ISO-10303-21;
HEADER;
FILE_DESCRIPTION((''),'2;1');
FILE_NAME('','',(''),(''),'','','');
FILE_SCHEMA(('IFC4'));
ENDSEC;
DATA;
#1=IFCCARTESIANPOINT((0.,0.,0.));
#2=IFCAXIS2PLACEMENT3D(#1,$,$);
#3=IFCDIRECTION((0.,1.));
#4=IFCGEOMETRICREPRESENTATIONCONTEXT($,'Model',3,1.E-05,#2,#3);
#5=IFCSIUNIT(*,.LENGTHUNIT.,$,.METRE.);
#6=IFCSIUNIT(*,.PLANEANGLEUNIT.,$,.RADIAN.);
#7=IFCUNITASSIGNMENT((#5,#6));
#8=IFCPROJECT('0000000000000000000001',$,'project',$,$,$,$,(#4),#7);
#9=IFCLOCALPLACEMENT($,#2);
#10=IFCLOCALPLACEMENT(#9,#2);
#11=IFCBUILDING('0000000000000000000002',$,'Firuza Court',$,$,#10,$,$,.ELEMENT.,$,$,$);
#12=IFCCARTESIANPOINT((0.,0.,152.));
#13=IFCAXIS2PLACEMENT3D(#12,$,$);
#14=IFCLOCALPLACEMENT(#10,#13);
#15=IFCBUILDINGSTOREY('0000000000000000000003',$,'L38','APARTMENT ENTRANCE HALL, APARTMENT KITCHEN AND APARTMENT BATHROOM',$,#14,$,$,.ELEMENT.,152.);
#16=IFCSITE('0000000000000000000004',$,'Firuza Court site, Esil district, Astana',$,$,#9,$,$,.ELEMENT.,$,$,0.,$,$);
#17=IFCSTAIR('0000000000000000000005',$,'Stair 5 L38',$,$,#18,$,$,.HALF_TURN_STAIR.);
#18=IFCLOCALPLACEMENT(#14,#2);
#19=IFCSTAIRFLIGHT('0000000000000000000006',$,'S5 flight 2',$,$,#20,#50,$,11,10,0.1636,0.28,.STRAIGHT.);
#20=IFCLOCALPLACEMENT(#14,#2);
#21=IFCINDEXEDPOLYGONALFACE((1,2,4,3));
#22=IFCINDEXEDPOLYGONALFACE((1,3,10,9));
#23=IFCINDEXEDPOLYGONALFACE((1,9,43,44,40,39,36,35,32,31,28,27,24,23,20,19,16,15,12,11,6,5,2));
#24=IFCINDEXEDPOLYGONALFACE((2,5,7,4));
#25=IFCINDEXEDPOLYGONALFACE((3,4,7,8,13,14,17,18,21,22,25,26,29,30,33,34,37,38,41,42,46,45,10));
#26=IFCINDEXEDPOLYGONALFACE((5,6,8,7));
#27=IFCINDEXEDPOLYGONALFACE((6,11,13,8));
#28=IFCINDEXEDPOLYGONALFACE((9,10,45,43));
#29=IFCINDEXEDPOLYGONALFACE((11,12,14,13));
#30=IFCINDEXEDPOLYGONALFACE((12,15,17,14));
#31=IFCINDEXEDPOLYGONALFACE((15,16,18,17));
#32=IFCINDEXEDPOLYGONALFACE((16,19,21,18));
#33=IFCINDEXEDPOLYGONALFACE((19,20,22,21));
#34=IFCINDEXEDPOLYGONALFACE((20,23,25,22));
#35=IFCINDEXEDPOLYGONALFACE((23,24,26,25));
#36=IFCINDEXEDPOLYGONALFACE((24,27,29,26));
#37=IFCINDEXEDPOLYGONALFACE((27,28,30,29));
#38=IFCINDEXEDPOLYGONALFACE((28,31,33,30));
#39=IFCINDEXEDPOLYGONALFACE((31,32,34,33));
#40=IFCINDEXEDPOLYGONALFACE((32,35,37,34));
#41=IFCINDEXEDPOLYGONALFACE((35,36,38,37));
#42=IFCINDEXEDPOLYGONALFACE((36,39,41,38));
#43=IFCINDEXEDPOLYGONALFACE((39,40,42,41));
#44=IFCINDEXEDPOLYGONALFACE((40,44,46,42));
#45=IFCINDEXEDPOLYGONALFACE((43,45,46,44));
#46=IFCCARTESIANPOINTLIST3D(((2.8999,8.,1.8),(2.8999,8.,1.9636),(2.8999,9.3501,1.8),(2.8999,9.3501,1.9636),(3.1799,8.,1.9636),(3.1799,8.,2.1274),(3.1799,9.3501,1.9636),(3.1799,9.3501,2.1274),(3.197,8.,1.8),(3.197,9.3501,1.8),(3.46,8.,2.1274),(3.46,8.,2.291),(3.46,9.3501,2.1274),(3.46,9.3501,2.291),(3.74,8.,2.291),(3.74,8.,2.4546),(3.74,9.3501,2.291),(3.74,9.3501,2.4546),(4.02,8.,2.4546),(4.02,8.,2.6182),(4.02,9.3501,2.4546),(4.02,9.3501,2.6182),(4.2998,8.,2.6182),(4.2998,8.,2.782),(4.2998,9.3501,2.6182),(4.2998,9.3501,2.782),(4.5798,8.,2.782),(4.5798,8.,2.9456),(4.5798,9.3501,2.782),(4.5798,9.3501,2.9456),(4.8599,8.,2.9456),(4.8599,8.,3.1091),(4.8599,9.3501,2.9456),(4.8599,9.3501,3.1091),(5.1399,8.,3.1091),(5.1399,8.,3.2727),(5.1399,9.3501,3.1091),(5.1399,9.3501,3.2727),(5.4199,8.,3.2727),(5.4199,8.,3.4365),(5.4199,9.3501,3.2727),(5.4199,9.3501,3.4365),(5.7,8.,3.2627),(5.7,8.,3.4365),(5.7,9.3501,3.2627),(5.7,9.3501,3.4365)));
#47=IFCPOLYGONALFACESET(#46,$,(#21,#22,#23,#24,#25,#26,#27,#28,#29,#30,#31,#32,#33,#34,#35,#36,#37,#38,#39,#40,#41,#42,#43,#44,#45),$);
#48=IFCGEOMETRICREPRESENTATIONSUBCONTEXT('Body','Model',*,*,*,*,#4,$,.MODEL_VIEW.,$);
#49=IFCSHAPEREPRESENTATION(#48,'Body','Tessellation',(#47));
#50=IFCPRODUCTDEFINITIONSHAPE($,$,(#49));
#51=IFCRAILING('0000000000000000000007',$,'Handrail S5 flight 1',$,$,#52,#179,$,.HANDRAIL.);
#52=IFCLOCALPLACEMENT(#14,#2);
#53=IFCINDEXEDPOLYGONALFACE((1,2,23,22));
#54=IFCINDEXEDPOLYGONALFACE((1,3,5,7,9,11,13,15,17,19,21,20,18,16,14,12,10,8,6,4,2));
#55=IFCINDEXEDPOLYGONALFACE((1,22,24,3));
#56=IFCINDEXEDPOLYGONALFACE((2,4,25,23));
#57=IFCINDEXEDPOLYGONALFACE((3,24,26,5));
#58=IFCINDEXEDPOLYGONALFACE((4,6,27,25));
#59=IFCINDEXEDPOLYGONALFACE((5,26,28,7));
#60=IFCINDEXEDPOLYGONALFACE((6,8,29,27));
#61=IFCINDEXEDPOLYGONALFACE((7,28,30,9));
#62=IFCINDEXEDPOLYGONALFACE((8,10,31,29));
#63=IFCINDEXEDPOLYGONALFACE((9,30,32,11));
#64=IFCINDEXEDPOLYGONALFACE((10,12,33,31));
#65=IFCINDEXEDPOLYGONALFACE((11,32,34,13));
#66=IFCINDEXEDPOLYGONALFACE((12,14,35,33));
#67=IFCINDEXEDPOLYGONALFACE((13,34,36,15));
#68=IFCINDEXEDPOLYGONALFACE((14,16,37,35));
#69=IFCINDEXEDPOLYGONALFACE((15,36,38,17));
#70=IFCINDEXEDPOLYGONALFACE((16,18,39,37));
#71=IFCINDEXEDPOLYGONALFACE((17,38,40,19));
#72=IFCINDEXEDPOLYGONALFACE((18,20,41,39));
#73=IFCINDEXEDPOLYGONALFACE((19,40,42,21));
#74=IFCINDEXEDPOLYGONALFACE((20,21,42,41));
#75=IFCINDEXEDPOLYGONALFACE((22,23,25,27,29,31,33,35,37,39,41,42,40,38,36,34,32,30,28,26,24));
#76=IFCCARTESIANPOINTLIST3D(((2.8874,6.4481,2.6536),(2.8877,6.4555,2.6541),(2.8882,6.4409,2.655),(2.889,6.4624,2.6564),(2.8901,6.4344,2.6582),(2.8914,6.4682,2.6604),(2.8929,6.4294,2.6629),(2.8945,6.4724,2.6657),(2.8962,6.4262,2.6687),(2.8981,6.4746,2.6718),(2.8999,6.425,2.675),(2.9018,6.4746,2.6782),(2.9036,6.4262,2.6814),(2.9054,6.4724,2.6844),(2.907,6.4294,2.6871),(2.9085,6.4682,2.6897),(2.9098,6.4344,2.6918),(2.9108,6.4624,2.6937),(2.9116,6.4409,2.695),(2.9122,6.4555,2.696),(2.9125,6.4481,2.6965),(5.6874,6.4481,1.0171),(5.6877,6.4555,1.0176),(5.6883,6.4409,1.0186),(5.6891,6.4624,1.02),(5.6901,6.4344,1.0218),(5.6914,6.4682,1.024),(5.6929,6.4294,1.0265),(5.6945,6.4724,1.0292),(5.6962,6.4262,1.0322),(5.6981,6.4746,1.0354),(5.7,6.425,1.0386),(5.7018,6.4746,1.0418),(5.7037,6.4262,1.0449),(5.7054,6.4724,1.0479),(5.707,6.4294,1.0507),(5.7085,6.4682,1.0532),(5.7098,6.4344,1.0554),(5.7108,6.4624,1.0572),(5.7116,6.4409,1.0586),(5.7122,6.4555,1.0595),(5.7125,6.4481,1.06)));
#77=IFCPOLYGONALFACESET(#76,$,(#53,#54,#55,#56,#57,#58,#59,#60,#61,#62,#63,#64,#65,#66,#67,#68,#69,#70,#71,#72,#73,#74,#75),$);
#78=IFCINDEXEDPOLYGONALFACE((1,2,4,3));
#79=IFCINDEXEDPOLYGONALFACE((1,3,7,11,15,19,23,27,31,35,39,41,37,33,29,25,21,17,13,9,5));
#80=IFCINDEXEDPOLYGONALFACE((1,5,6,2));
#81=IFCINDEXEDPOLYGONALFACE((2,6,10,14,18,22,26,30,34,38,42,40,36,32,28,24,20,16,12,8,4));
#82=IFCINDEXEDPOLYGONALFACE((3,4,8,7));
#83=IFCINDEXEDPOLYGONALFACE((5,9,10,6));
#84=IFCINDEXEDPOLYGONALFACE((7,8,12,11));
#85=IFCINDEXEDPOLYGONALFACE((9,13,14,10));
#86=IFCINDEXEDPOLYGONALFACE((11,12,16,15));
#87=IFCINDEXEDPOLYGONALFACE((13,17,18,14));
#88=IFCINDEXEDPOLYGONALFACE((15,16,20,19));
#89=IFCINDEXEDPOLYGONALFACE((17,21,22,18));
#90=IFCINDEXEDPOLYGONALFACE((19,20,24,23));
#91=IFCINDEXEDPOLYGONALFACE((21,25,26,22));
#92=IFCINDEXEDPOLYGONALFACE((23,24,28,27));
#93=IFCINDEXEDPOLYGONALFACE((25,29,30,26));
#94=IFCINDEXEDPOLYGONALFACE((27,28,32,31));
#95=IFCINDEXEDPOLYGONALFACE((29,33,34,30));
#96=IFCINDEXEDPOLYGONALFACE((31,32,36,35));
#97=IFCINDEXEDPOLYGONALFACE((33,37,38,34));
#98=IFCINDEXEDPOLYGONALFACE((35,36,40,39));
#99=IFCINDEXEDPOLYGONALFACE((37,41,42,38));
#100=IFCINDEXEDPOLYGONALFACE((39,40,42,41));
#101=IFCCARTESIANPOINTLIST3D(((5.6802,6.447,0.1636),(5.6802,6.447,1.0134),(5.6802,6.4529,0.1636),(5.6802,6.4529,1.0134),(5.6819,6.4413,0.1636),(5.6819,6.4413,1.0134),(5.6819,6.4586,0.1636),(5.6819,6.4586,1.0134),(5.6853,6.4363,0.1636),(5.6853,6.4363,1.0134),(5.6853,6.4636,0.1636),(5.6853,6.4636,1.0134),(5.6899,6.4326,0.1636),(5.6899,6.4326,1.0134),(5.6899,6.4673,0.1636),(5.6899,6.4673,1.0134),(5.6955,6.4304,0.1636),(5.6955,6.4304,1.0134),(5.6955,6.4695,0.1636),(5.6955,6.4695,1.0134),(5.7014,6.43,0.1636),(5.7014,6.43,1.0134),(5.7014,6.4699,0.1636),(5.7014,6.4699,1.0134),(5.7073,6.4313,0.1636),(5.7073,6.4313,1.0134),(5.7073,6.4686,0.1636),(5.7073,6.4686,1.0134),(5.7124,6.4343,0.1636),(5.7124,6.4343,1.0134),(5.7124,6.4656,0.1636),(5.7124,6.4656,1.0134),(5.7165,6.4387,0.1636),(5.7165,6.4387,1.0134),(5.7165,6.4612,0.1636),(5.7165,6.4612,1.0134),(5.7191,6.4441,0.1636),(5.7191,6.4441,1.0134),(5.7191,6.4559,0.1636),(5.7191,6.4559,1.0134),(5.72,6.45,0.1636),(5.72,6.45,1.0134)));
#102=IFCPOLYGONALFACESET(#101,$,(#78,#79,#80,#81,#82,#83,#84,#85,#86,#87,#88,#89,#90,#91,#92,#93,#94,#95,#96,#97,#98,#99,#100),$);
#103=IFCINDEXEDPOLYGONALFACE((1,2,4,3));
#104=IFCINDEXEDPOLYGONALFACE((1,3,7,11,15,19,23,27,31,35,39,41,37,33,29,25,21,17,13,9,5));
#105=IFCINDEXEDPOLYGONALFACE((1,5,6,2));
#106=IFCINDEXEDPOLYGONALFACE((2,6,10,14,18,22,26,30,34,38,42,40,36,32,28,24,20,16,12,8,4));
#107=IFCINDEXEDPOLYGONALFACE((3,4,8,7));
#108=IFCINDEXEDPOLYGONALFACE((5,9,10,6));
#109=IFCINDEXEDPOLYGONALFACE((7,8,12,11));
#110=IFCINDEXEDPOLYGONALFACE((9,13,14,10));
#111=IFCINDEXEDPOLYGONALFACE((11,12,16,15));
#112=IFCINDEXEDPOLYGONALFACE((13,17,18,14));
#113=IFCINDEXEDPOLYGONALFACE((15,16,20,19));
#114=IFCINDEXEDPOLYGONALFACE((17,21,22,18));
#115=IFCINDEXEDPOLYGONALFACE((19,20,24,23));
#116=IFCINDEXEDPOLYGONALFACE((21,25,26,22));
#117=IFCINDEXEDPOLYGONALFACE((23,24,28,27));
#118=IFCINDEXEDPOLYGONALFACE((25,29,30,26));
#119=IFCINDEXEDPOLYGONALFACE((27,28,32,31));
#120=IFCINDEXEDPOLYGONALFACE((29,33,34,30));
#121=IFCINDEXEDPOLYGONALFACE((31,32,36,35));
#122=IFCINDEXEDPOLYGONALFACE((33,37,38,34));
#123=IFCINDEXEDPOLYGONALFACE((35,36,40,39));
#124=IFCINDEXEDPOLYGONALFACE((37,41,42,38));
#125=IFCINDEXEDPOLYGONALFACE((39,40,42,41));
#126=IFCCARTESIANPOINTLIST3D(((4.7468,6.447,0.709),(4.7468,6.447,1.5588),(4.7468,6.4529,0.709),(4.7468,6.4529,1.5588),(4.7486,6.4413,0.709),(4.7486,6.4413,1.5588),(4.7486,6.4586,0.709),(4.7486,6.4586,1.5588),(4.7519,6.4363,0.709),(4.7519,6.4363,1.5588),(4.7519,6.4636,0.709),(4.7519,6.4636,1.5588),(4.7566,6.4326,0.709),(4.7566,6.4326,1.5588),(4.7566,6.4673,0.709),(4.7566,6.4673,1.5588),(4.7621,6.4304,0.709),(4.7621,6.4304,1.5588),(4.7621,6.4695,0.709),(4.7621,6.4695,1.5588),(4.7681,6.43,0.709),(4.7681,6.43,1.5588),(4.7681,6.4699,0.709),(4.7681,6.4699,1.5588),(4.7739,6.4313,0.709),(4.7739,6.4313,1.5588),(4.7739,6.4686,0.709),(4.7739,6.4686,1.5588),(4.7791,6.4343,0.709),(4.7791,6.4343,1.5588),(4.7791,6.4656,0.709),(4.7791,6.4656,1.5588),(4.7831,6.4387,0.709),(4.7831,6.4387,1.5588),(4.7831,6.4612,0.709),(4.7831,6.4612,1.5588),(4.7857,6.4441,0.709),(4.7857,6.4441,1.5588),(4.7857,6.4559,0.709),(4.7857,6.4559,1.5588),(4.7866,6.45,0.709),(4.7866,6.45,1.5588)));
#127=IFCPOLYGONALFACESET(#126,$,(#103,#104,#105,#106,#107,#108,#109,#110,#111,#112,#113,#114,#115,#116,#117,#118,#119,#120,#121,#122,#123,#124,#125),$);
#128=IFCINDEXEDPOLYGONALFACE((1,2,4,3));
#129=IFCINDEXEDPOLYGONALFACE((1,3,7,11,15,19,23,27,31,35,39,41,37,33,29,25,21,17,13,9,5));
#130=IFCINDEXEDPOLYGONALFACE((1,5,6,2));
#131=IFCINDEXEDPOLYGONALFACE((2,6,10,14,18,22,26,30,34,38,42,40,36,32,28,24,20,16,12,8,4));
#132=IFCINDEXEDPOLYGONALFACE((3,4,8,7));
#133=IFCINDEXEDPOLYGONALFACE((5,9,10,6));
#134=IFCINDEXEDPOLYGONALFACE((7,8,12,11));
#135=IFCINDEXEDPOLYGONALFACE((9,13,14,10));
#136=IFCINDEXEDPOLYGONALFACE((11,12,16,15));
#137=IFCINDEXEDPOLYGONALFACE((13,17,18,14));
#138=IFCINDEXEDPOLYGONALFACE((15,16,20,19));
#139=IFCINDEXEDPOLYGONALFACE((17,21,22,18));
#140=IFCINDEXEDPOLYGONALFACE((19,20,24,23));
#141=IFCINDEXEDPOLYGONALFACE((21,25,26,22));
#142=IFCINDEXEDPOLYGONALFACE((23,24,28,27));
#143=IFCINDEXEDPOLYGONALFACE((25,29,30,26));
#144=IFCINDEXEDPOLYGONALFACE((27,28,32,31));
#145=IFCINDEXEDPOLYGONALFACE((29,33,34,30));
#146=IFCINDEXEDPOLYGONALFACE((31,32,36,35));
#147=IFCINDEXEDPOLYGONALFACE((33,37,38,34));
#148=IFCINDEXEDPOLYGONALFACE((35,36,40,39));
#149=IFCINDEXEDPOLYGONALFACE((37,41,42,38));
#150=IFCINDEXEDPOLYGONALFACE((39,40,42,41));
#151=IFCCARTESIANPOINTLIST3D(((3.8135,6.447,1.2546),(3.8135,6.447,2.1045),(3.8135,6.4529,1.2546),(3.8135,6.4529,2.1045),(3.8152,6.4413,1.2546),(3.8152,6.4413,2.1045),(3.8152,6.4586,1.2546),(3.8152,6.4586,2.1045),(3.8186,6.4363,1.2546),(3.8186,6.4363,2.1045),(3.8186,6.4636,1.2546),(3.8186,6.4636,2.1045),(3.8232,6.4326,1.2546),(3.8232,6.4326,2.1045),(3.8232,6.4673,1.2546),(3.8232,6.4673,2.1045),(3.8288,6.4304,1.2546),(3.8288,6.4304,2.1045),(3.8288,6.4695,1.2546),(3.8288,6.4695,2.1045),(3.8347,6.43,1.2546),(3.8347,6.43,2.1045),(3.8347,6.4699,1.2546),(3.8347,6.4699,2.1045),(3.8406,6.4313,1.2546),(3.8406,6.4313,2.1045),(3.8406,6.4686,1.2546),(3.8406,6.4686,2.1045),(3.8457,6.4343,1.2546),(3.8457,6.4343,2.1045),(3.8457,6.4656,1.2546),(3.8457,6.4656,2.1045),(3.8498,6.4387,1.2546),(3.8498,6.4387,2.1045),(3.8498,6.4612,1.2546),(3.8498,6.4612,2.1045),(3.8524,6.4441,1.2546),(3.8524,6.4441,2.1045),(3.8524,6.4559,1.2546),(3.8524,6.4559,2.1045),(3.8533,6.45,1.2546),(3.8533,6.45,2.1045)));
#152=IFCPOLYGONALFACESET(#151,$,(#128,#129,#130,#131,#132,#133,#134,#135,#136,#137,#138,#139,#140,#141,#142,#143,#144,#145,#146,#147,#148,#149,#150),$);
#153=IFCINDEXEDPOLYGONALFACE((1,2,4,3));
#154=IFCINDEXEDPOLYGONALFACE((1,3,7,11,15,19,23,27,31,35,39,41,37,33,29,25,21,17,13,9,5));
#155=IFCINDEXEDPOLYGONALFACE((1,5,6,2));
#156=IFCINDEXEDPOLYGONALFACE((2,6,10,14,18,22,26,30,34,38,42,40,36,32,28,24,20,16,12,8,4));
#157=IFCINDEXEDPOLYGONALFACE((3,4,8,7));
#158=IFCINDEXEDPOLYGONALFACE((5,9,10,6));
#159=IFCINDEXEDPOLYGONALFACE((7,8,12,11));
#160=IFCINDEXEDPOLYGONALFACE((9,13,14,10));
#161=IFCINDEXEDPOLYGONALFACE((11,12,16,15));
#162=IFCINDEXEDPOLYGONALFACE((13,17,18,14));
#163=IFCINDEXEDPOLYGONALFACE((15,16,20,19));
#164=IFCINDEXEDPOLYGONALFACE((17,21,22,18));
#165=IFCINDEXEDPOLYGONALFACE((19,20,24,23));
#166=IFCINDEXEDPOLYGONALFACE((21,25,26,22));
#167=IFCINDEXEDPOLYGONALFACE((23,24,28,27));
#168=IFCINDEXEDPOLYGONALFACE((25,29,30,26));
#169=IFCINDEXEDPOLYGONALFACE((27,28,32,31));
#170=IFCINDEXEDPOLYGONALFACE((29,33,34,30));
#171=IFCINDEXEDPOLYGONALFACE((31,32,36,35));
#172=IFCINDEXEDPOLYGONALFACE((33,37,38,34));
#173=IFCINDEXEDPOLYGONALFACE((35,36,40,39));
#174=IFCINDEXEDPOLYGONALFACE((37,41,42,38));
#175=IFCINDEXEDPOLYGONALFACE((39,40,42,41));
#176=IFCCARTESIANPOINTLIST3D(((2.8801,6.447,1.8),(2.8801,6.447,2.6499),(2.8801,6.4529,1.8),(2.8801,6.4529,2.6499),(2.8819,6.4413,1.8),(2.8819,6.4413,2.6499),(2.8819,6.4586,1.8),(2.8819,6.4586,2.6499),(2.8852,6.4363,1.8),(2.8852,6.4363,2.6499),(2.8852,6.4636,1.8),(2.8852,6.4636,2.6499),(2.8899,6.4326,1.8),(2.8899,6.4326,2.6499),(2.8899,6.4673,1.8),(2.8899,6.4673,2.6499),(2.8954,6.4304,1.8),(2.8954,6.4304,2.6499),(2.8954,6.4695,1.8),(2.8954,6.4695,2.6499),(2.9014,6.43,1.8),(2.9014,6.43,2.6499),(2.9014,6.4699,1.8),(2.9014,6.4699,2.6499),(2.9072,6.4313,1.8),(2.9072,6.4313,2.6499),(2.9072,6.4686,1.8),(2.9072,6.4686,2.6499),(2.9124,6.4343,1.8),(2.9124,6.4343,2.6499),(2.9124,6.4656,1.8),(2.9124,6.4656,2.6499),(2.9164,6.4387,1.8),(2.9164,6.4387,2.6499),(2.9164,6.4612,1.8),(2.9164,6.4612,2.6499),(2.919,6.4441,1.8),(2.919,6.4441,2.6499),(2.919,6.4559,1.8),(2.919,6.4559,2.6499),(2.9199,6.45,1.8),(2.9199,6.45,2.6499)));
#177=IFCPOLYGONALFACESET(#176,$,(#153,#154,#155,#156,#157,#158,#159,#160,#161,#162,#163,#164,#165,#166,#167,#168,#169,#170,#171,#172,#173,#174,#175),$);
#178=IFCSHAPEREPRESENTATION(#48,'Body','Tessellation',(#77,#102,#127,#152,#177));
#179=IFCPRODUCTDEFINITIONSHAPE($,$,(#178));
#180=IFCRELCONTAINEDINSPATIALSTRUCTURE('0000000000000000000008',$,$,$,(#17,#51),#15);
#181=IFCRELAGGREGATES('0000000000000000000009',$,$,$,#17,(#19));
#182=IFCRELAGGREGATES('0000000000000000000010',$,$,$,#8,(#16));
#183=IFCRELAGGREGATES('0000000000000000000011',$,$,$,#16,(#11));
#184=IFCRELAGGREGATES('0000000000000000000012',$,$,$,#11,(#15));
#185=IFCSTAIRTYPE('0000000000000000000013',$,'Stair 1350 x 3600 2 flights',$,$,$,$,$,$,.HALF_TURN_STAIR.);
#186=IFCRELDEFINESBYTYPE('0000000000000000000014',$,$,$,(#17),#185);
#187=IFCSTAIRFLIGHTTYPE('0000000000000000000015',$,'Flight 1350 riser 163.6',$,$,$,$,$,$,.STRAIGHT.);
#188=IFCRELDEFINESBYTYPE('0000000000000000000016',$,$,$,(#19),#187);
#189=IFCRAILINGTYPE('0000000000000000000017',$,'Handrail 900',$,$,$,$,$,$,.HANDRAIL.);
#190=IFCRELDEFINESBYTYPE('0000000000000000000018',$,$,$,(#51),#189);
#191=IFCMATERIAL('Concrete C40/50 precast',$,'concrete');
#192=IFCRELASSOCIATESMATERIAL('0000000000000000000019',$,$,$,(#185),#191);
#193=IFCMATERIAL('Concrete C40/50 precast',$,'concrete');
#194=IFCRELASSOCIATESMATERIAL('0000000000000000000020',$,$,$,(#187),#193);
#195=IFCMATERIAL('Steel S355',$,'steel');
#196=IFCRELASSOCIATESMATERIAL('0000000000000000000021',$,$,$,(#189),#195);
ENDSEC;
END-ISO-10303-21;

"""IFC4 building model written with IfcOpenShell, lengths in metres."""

from ifc_helpers import new_model, si_unit, direction, frame, origin, origin_2d, place, context, subcontext, project, spatial, polyline, circle, outline, extrude, material, type_object, element, aggregate, save


model = new_model("IFC4")

# Units and contexts
model_context = context("Model", 3, precision=1e-05, world=origin(), true_north=direction((0.0, 1.0)))
body_context = subcontext(model_context, "Body", "Model", "MODEL_VIEW")
ifc_project = project(units=[si_unit("LENGTHUNIT", "METRE"), si_unit("PLANEANGLEUNIT", "RADIAN")], contexts=[model_context])

# Site, building, storey
site_placement = place(None, origin())
site = spatial("IfcSite", under=ifc_project, at=site_placement, Name="Firuza Court site, Esil district, Astana", CompositionType="ELEMENT", RefElevation=0.0)
building_placement = place(site_placement, origin())
building = spatial("IfcBuilding", under=site, at=building_placement, Name="Firuza Court", CompositionType="ELEMENT")
storey_placement = place(building_placement, frame((0.0, 0.0, 152.0)))
storey = spatial("IfcBuildingStorey", under=building, at=storey_placement, Name="L38", Description="APARTMENT ENTRANCE HALL, APARTMENT KITCHEN AND APARTMENT BATHROOM", CompositionType="ELEMENT", Elevation=152.0)

# Stair, stair flight
ifc_material_1 = material(Name="Concrete C40/50 precast", Category="concrete")
stair_type = type_object("IfcStairType", Name="Stair 1350 x 3600 2 flights", PredefinedType="HALF_TURN_STAIR", material=ifc_material_1)
stair_placement = place(storey_placement, origin())
stair = element("IfcStair", 1, at=stair_placement, inside=storey, type_object=stair_type, Name="Stair 5 L38", PredefinedType="HALF_TURN_STAIR")
ifc_material_2 = material(Name="Concrete C40/50 precast", Category="concrete")
stair_flight_type = type_object("IfcStairFlightType", Name="Flight 1350 riser 163.6", PredefinedType="STRAIGHT", material=ifc_material_2)
stair_flight_1_placement = place(storey_placement, frame((2.8999, 8.675, 1.8), z_axis=(0.0, 0.0, 1.0), x_axis=(1.0, 0.0, 0.0)))
stair_flight_1 = element("IfcStairFlight", 2, at=stair_flight_1_placement, type_object=stair_flight_type, Name="S5 flight 2", NumberOfRisers=11, NumberOfTreads=10, PredefinedType="STRAIGHT", RiserHeight=0.1636, TreadLength=0.28, context=body_context, shape_type="SweptSolid", body=[
    extrude(outline(polyline([(0.0, 0.0), (0.0, 0.1636), (0.28, 0.1636), (0.28, 0.3274), (0.5601, 0.3274), (0.5601, 0.491), (0.8401, 0.491), (0.8401, 0.6545), (1.1201, 0.6545), (1.1201, 0.8181), (1.3999, 0.8181), (1.3999, 0.9819), (1.6799, 0.9819), (1.6799, 1.1455), (1.96, 1.1455), (1.96, 1.3091), (2.24, 1.3091), (2.24, 1.4727), (2.52, 1.4727), (2.52, 1.6365), (2.8, 1.6365), (2.8, 1.8), (2.8, 1.4626), (0.2971, 0.0), (0.0, 0.0)])), frame((0.0, 0.675, 0.0), z_axis=(0.0, -1.0, 0.0), x_axis=(1.0, 0.0, 0.0)), (0.0, 0.0, 1.0), 1.3501),
])
aggregate(stair, [stair_flight_1])

# Railing
ifc_material_3 = material(Name="Steel S355", Category="steel")
railing_type_1 = type_object("IfcRailingType", Name="Handrail 900", PredefinedType="HANDRAIL", material=ifc_material_3)
railing_1_placement = place(storey_placement, frame((5.7, 6.45, 0.1636)))
element("IfcRailing", 3, at=railing_1_placement, inside=storey, type_object=railing_type_1, Name="Handrail S5 flight 1", PredefinedType="HANDRAIL", context=body_context, shape_type="SweptSolid", body=[
    extrude(circle(Radius=0.0249, at=origin_2d()), frame((0.0, 0.0, 0.875), z_axis=(-0.863361, 0.0, 0.504587), x_axis=(0.0, -1.0, 0.0)), (0.0, 0.0, 1.0), 3.2432),
    extrude(circle(Radius=0.02, at=origin_2d()), origin(), (0.0, 0.0, 1.0), 0.8499),
    extrude(circle(Radius=0.02, at=origin_2d()), frame((-0.9333, 0.0, 0.5454)), (0.0, 0.0, 1.0), 0.8499),
    extrude(circle(Radius=0.02, at=origin_2d()), frame((-1.8667, 0.0, 1.0911)), (0.0, 0.0, 1.0), 0.8499),
    extrude(circle(Radius=0.02, at=origin_2d()), frame((-2.8, 0.0, 1.6365)), (0.0, 0.0, 1.0), 0.8499),
])

save(model, "model.ifc")
